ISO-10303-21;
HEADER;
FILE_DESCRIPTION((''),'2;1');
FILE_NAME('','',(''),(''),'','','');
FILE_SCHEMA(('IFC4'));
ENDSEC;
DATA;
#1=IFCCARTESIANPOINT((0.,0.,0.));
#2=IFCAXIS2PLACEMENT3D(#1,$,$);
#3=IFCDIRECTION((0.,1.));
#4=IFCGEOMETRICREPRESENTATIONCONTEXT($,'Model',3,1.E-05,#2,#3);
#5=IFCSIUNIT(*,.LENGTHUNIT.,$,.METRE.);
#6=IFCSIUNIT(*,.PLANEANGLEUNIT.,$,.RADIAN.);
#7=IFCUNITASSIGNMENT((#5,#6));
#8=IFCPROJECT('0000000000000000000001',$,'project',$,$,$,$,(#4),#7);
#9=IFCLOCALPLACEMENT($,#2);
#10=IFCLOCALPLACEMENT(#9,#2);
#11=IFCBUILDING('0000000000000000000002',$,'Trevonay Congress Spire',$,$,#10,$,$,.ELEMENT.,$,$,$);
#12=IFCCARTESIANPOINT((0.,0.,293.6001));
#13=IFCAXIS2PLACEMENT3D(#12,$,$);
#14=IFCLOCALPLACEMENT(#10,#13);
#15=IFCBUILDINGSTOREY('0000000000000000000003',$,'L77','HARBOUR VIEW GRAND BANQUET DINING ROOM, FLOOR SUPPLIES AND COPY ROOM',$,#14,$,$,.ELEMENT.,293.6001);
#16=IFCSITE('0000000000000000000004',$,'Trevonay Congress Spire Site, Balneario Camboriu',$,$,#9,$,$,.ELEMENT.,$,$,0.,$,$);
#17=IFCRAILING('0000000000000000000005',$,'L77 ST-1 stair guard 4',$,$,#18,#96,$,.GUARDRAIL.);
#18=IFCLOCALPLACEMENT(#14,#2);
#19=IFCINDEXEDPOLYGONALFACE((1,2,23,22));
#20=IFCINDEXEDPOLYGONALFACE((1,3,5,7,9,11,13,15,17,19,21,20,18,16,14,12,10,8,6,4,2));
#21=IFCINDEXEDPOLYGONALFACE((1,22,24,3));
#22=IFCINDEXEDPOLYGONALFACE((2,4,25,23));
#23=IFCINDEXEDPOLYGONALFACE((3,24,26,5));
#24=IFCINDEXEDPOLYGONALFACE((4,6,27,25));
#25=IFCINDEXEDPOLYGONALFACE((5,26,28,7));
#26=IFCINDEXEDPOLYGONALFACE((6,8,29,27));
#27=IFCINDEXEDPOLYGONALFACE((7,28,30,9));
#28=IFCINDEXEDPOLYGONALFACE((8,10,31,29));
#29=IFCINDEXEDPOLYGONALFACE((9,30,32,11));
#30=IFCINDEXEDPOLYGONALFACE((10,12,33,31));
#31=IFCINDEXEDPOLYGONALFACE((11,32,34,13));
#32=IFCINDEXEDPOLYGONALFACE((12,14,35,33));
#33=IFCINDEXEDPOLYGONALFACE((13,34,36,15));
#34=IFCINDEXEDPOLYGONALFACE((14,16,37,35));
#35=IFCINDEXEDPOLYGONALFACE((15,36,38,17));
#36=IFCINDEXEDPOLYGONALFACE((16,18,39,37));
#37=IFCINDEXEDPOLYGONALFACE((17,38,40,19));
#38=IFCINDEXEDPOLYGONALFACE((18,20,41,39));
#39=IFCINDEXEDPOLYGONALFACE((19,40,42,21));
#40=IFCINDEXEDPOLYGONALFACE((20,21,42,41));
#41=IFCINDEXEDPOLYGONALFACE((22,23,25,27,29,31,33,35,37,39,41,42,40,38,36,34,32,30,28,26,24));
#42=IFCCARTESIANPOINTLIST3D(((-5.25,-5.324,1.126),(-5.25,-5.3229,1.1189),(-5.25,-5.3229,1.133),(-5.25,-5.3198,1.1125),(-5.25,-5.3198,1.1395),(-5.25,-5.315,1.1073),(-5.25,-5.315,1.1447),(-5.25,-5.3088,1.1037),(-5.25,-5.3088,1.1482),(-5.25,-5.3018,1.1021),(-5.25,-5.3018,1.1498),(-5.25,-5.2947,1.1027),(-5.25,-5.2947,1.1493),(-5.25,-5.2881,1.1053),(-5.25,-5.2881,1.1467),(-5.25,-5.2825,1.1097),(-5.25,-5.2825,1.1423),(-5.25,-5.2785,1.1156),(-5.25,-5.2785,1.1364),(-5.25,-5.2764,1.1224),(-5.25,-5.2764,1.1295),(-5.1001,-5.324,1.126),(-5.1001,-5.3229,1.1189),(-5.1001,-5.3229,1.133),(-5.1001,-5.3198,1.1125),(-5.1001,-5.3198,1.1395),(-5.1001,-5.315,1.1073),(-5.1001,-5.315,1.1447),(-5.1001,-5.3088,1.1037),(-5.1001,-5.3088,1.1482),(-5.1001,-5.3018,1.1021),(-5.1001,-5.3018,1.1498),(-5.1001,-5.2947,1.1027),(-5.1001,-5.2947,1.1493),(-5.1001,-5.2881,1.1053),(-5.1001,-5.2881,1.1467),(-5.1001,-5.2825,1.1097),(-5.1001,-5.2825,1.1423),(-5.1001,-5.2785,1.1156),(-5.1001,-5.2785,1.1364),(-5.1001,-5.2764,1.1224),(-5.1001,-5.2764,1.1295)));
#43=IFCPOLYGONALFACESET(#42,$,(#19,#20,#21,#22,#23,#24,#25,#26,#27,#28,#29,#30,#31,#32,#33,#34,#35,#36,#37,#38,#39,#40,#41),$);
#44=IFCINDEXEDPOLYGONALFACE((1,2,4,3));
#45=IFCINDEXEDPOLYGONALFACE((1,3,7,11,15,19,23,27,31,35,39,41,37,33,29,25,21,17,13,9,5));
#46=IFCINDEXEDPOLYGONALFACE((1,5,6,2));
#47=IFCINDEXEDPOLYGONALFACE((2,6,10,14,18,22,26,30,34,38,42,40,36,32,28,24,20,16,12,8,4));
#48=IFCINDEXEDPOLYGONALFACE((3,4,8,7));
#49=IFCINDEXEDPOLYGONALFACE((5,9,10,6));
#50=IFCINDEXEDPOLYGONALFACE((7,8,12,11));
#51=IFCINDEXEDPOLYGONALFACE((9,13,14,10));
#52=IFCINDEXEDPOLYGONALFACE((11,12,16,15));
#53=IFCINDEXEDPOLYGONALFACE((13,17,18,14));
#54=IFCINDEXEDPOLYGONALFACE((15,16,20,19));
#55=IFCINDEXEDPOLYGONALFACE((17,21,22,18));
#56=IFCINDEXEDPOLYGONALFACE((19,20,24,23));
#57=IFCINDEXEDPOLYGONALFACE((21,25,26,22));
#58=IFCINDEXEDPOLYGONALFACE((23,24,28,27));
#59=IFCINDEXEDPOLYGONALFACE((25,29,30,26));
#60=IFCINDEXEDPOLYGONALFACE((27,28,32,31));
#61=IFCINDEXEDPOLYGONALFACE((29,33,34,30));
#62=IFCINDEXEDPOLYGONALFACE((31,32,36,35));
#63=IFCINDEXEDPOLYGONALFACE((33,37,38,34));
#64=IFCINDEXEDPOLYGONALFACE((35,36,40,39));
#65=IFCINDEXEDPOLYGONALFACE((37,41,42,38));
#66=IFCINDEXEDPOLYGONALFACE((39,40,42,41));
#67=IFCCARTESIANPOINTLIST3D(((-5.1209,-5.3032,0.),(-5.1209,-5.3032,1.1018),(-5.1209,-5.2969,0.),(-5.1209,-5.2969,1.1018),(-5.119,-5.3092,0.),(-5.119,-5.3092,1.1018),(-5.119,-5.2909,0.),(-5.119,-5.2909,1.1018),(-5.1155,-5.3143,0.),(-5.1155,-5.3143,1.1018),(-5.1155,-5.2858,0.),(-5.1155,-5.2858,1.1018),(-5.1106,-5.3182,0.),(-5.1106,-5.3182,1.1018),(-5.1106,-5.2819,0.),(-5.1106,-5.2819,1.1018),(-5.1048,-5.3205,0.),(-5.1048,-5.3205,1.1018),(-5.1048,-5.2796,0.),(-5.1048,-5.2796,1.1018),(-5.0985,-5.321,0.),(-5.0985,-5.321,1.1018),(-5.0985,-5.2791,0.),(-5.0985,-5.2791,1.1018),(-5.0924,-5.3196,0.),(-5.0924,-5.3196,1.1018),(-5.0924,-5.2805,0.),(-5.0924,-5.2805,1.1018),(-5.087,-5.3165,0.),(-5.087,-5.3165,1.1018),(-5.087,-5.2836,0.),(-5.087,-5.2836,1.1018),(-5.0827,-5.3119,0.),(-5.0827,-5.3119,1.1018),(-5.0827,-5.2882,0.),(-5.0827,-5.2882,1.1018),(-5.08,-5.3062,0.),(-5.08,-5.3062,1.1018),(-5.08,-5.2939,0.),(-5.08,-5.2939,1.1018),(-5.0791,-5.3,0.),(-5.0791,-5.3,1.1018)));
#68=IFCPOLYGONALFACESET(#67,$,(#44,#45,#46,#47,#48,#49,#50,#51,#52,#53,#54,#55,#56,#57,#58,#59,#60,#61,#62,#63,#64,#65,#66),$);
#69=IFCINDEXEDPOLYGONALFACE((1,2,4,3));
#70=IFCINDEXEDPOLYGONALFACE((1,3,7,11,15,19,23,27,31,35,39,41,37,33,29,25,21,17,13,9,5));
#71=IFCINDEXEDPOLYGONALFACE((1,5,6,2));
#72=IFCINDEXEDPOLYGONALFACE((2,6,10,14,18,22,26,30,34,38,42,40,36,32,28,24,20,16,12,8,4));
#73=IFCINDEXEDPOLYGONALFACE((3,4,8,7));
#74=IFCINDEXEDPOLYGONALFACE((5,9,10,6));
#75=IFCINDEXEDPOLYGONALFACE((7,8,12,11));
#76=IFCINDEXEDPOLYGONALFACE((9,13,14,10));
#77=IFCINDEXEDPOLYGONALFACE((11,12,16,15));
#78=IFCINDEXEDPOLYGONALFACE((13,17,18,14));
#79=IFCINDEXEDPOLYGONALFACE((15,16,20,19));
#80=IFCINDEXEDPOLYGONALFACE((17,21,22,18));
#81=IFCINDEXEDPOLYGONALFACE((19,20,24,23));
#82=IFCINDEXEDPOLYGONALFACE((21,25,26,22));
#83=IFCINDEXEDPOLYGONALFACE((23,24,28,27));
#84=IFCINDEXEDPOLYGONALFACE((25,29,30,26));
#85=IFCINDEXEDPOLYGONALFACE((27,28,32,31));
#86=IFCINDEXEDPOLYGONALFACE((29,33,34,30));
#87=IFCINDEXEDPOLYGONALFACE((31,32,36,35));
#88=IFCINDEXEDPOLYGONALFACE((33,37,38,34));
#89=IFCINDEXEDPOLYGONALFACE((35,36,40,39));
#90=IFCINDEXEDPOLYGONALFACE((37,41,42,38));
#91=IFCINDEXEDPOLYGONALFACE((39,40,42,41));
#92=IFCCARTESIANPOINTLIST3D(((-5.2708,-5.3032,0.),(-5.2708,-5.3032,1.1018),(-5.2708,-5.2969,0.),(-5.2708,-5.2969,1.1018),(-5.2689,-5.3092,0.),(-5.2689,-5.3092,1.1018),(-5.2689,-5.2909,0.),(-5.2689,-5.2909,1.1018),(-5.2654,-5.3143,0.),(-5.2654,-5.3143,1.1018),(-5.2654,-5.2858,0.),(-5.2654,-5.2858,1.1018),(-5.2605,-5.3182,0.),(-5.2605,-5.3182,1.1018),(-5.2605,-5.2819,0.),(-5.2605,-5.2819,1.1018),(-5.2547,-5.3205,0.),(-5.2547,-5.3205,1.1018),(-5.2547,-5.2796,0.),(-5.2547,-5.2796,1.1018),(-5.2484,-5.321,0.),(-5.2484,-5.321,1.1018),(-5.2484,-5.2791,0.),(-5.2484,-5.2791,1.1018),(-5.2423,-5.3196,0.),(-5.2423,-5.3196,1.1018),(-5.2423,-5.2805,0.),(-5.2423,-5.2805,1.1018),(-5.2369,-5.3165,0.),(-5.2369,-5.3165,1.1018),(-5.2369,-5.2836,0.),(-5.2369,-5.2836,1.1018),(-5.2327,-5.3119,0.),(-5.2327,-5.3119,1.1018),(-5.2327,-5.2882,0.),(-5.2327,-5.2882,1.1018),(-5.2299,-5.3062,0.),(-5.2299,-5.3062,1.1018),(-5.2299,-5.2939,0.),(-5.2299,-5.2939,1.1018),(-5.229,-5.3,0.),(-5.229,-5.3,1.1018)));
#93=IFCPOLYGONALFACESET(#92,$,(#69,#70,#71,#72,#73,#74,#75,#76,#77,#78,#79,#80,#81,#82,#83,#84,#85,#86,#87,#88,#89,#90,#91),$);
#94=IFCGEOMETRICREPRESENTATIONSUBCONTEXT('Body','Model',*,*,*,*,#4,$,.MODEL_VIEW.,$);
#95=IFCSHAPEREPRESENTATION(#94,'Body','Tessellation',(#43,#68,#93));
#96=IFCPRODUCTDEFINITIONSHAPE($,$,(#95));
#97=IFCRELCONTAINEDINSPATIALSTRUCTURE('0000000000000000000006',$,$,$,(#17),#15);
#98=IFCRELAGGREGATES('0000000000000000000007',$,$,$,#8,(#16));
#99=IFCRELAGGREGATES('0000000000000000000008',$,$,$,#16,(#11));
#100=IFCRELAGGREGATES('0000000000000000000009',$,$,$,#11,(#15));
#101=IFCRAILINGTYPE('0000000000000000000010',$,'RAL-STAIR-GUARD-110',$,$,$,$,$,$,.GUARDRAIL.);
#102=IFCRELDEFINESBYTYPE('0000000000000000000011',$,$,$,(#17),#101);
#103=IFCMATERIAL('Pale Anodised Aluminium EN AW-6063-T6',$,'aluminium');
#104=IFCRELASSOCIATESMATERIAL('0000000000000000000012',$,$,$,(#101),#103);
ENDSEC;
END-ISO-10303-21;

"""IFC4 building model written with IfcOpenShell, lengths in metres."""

from ifc_helpers import new_model, si_unit, direction, frame, origin, origin_2d, place, context, subcontext, project, spatial, circle, extrude, material, type_object, element, save


model = new_model("IFC4")

# Units and contexts
model_context = context("Model", 3, precision=1e-05, world=origin(), true_north=direction((0.0, 1.0)))
body_context = subcontext(model_context, "Body", "Model", "MODEL_VIEW")
ifc_project = project(units=[si_unit("LENGTHUNIT", "METRE"), si_unit("PLANEANGLEUNIT", "RADIAN")], contexts=[model_context])

# Site, building, storey
site_placement = place(None, origin())
site = spatial("IfcSite", under=ifc_project, at=site_placement, Name="Trevonay Congress Spire Site, Balneario Camboriu", CompositionType="ELEMENT", RefElevation=0.0)
building_placement = place(site_placement, origin())
building = spatial("IfcBuilding", under=site, at=building_placement, Name="Trevonay Congress Spire", CompositionType="ELEMENT")
storey_placement = place(building_placement, frame((0.0, 0.0, 293.6001)))
storey = spatial("IfcBuildingStorey", under=building, at=storey_placement, Name="L77", Description="HARBOUR VIEW GRAND BANQUET DINING ROOM, FLOOR SUPPLIES AND COPY ROOM", CompositionType="ELEMENT", Elevation=293.6001)

# Railing
ifc_material_1 = material(Name="Pale Anodised Aluminium EN AW-6063-T6", Category="aluminium")
railing_type_1 = type_object("IfcRailingType", Name="RAL-STAIR-GUARD-110", PredefinedType="GUARDRAIL", material=ifc_material_1)
railing_1_placement = place(storey_placement, frame((-5.1001, -5.3, 0.0)))
element("IfcRailing", 1, at=railing_1_placement, inside=storey, type_object=railing_type_1, Name="L77 ST-1 stair guard 4", PredefinedType="GUARDRAIL", context=body_context, shape_type="SweptSolid", body=[
    extrude(circle(Radius=0.0239, at=origin_2d()), frame((0.0, 0.0, 1.126), z_axis=(-1.0, 0.0, 0.0), x_axis=(0.0, -1.0, 0.0)), (0.0, 0.0, 1.0), 0.1499),
    extrude(circle(Radius=0.021, at=origin_2d()), origin(), (0.0, 0.0, 1.0), 1.1018),
    extrude(circle(Radius=0.021, at=origin_2d()), frame((-0.1499, 0.0, 0.0)), (0.0, 0.0, 1.0), 1.1018),
])

save(model, "model.ifc")
